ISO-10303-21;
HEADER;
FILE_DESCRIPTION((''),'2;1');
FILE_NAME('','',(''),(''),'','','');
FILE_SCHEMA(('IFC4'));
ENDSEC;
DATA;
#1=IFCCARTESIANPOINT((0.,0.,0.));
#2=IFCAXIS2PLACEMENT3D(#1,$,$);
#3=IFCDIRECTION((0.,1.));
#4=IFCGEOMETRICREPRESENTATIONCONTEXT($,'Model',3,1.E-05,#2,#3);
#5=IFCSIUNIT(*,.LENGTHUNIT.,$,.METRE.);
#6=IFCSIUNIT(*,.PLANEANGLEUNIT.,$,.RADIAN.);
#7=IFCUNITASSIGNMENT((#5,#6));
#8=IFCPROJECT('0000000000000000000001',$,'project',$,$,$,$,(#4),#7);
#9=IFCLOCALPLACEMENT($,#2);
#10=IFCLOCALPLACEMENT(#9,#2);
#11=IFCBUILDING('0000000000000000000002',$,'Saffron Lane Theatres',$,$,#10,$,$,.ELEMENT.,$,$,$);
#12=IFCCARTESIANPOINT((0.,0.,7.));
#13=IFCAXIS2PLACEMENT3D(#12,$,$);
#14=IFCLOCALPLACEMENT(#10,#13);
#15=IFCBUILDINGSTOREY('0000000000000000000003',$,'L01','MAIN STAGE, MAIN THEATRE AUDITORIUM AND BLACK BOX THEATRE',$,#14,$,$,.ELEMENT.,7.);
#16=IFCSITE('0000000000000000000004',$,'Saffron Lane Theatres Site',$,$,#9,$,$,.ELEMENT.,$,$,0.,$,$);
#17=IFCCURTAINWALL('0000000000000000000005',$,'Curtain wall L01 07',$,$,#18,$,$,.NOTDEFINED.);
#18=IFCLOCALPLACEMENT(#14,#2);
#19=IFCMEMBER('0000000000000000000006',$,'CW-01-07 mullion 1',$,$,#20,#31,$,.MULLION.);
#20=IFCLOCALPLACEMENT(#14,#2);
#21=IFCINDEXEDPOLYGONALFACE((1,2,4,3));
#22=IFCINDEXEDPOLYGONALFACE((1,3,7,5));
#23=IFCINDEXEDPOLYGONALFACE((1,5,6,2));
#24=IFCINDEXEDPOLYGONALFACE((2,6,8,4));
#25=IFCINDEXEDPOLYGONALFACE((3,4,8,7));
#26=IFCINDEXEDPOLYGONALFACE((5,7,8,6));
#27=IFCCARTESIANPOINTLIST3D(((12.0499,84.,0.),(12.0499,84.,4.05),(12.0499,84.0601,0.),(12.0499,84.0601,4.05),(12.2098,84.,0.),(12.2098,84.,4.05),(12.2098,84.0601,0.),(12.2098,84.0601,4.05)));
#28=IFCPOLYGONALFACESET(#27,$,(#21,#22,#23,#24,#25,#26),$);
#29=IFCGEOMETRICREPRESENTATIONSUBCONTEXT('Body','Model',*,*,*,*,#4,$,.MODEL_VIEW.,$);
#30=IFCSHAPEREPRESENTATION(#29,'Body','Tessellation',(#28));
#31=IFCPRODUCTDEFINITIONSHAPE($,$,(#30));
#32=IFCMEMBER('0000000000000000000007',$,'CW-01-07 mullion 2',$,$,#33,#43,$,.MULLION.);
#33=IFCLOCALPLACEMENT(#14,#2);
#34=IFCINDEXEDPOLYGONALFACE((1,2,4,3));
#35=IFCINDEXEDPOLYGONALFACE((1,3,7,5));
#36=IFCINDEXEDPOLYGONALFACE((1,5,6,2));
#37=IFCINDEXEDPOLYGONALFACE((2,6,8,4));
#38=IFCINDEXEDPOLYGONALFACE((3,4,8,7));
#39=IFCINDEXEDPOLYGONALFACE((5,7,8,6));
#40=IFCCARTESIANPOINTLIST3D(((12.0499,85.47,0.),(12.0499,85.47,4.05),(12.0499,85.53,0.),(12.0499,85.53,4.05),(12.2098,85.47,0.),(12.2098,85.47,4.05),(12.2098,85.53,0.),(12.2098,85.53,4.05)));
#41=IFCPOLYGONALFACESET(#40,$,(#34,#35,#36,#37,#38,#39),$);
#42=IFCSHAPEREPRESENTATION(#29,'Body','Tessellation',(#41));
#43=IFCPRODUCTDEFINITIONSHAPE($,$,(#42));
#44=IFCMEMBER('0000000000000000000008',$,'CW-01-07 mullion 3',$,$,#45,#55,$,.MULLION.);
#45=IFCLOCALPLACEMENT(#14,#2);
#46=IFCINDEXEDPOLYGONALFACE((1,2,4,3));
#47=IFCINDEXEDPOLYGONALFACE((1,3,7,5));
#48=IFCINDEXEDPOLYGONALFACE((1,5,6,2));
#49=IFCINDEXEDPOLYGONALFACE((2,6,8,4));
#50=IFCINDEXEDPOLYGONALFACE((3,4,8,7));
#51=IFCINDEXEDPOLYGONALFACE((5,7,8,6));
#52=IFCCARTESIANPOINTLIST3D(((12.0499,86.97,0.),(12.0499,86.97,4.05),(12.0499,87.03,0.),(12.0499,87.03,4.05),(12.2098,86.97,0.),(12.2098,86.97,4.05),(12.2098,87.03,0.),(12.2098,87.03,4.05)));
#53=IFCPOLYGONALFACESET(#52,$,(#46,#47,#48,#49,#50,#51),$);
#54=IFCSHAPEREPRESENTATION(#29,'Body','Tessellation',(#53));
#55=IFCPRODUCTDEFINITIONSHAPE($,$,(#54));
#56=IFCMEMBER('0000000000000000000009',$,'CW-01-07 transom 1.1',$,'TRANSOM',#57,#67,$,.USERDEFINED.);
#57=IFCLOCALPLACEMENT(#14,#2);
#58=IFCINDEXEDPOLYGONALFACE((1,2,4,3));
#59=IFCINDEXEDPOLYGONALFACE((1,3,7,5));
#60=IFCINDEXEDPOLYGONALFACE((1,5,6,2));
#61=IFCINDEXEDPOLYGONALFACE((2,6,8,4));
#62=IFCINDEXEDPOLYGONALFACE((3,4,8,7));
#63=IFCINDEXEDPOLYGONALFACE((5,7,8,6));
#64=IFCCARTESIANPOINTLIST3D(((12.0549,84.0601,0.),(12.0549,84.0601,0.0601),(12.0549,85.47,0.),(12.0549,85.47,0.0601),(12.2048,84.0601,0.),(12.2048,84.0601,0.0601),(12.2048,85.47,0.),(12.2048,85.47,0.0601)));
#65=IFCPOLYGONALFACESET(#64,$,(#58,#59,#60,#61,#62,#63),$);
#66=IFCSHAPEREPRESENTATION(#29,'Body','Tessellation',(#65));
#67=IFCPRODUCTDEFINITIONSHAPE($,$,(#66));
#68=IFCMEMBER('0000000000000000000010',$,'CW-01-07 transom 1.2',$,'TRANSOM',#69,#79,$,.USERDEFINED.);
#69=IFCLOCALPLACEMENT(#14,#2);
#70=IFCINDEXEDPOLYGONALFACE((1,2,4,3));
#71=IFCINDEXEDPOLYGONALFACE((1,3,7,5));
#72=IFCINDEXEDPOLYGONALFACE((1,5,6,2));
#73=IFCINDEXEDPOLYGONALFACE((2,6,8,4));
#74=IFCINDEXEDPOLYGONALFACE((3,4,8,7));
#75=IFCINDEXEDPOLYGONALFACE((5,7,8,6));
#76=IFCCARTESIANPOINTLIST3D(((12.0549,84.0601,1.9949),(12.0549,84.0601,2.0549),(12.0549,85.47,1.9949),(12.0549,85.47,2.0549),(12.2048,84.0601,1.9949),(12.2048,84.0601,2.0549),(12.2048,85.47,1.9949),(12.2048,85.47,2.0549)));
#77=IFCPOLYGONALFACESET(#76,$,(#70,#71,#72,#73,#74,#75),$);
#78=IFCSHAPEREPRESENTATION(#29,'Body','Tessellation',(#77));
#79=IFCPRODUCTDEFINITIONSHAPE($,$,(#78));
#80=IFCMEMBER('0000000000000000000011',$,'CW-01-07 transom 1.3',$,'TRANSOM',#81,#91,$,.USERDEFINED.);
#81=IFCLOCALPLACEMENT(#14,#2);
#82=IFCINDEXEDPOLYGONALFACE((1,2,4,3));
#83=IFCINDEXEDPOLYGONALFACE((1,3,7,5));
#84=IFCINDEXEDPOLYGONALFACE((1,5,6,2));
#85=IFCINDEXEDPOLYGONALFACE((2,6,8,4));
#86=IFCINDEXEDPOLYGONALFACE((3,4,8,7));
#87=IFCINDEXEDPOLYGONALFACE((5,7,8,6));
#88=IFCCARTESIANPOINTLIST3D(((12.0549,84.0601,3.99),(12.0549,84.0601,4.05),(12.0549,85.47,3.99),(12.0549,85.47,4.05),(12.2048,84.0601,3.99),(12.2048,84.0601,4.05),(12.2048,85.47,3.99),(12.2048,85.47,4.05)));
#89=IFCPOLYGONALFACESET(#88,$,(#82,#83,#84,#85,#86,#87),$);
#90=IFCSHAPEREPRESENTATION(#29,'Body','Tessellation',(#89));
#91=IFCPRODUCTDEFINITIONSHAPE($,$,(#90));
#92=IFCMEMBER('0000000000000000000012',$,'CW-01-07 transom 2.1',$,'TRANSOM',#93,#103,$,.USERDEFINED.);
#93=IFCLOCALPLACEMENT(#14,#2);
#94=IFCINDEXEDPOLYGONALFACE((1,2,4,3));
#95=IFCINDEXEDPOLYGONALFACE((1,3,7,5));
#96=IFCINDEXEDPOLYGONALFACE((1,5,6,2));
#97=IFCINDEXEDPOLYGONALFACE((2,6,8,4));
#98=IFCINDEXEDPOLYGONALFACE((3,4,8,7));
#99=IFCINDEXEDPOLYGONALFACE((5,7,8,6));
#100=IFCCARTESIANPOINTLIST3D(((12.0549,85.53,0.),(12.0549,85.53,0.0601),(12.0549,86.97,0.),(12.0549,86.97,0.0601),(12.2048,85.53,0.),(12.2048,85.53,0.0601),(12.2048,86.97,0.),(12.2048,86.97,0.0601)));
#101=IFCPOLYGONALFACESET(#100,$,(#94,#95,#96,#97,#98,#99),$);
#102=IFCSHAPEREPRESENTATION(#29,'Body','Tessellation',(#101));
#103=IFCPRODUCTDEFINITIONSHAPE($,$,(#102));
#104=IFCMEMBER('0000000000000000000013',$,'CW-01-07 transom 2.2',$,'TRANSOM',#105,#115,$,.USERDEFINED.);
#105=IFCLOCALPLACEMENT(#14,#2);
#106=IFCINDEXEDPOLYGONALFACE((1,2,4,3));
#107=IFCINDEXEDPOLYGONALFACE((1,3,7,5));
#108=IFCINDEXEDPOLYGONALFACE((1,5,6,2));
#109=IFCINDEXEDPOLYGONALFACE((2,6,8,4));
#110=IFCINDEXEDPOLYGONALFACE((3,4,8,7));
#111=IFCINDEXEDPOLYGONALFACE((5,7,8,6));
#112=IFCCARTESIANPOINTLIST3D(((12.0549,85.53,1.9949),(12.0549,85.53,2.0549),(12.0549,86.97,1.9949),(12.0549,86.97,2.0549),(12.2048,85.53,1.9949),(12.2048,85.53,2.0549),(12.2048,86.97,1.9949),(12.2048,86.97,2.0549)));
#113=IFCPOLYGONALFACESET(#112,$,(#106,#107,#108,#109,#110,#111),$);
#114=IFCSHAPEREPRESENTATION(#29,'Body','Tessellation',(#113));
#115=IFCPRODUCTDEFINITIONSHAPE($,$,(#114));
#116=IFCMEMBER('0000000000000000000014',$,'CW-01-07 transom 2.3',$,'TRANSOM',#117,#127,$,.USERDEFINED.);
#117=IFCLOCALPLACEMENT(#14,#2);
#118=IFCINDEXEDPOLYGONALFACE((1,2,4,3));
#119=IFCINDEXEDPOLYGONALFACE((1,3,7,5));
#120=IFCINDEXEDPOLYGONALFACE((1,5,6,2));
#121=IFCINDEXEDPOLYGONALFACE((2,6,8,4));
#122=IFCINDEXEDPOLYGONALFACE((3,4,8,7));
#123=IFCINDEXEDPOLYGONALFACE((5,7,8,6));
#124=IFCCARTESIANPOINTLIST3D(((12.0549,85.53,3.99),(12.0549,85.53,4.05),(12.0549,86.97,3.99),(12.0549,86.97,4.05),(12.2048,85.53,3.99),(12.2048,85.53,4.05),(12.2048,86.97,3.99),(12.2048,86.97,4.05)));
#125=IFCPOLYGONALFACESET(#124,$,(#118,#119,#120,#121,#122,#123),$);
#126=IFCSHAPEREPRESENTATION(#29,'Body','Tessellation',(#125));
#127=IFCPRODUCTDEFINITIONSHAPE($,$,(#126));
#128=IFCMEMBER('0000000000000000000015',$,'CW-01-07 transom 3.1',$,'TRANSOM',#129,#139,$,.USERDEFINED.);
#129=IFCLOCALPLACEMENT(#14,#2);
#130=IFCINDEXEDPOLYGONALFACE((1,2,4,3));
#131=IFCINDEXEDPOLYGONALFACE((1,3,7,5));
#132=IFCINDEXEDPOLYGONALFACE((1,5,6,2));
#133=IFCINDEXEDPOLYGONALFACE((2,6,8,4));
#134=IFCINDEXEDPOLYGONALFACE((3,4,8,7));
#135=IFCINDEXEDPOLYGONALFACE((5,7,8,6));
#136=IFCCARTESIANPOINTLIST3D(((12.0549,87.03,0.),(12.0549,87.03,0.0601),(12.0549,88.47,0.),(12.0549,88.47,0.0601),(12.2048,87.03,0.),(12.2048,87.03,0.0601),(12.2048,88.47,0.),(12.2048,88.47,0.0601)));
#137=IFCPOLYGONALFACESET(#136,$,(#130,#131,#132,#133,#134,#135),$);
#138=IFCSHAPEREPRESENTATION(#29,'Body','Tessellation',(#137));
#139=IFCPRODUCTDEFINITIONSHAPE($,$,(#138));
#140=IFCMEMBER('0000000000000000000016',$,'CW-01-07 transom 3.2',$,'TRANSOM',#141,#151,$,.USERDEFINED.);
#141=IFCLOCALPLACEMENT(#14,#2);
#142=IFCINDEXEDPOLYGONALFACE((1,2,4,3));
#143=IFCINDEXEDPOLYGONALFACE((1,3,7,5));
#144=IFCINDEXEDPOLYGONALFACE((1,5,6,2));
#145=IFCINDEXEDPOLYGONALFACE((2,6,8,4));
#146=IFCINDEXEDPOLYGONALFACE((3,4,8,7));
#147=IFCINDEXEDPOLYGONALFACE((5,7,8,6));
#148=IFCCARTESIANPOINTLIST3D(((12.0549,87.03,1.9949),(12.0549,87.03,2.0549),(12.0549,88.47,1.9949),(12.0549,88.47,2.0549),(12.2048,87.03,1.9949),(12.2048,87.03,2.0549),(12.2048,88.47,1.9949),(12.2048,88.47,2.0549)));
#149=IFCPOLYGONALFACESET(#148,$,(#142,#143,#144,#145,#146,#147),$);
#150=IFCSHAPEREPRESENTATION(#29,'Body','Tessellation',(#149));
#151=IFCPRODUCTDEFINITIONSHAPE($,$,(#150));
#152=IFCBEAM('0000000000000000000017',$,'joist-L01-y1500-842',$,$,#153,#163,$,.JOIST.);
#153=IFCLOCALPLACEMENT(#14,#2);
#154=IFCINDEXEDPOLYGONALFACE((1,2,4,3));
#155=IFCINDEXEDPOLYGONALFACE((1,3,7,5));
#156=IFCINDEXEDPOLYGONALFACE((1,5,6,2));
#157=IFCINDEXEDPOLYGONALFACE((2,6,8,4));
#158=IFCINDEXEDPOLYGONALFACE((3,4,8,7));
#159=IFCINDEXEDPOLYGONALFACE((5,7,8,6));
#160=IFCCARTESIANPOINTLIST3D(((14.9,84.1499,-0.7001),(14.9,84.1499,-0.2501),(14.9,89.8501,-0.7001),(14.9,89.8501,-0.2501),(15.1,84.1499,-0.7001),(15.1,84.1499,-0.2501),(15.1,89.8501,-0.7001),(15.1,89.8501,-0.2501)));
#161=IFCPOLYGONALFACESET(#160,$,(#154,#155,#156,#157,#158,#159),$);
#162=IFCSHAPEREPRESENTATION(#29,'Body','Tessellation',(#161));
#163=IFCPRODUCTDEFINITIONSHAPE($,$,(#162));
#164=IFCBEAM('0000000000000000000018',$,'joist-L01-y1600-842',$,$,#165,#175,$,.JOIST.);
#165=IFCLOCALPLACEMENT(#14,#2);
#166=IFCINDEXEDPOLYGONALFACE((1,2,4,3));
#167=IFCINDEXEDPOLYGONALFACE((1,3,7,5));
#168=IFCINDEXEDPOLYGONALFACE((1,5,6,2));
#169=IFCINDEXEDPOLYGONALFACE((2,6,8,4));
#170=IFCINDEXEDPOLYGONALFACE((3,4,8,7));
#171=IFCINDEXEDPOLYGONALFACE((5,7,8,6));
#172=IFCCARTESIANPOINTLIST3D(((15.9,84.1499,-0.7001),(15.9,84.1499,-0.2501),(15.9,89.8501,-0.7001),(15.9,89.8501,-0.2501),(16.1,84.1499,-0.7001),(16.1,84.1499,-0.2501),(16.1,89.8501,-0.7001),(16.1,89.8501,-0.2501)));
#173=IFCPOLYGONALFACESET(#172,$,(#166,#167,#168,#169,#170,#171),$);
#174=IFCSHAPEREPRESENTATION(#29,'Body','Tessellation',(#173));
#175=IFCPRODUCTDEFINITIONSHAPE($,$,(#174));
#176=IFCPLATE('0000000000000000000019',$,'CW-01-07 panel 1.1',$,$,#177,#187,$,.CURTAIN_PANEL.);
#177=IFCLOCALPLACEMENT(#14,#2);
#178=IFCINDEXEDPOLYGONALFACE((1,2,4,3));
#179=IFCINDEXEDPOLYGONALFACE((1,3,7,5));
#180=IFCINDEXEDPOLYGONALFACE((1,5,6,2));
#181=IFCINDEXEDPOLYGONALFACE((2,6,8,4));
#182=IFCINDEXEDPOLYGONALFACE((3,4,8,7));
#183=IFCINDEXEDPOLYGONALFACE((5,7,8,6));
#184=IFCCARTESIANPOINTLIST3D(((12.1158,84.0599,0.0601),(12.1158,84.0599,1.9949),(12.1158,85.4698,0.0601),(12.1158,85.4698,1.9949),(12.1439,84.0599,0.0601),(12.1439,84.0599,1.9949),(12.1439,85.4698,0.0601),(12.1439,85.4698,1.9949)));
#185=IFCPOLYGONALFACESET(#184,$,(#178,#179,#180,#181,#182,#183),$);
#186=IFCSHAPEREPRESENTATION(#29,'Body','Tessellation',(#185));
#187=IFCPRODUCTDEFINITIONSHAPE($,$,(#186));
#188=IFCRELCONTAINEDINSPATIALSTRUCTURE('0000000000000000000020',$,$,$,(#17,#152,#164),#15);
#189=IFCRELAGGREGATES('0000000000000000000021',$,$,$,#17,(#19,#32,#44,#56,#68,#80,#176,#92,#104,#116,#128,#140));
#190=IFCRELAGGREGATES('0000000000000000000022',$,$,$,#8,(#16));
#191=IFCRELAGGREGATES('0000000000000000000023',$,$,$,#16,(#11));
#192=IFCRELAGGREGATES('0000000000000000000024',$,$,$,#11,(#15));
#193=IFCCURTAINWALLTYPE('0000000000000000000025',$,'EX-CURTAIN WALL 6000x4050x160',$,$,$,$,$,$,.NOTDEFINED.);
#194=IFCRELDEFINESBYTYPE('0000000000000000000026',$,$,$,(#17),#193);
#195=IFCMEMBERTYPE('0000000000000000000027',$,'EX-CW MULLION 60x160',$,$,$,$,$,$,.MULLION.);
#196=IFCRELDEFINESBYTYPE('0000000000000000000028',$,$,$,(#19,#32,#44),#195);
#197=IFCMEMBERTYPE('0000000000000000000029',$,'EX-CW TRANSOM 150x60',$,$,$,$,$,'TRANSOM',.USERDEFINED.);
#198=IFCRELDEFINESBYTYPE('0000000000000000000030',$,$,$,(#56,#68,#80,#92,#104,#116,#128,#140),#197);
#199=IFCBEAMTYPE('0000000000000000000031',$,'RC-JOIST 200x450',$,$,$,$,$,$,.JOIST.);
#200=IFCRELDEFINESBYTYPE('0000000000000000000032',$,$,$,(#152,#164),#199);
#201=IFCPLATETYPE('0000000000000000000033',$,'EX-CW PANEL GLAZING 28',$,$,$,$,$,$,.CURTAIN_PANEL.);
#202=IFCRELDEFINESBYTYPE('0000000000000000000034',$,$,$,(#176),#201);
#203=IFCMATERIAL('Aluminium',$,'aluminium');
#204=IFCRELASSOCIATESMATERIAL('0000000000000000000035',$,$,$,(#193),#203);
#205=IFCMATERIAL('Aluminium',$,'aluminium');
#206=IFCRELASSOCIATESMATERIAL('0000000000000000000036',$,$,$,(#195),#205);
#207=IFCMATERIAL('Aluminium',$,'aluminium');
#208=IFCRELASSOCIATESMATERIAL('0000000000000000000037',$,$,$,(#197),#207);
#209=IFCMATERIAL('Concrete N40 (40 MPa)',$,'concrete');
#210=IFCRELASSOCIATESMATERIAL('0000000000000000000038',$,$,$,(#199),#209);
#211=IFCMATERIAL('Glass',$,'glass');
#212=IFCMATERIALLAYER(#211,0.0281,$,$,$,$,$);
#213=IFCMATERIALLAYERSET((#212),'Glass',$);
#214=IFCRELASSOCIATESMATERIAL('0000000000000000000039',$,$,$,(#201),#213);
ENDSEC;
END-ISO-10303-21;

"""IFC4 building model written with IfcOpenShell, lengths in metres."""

from ifc_helpers import new_model, si_unit, direction, frame, origin, origin_2d, place, context, subcontext, project, spatial, rectangle, extrude, material, layer, layer_set, material_profile, profile_set, type_object, element, aggregate, save


model = new_model("IFC4")

# Units and contexts
model_context = context("Model", 3, precision=1e-05, world=origin(), true_north=direction((0.0, 1.0)))
body_context = subcontext(model_context, "Body", "Model", "MODEL_VIEW")
ifc_project = project(units=[si_unit("LENGTHUNIT", "METRE"), si_unit("PLANEANGLEUNIT", "RADIAN")], contexts=[model_context])

# Site, building, storey
site_placement = place(None, origin())
site = spatial("IfcSite", under=ifc_project, at=site_placement, Name="Saffron Lane Theatres Site", CompositionType="ELEMENT", RefElevation=0.0)
building_placement = place(site_placement, origin())
building = spatial("IfcBuilding", under=site, at=building_placement, Name="Saffron Lane Theatres", CompositionType="ELEMENT")
storey_placement = place(building_placement, frame((0.0, 0.0, 7.0)))
storey = spatial("IfcBuildingStorey", under=building, at=storey_placement, Name="L01", Description="MAIN STAGE, MAIN THEATRE AUDITORIUM AND BLACK BOX THEATRE", CompositionType="ELEMENT", Elevation=7.0)

# Curtain wall, members
ifc_material_1 = material(Name="Aluminium", Category="aluminium")
curtain_wall_type = type_object("IfcCurtainWallType", Name="EX-CURTAIN WALL 6000x4050x160", PredefinedType="NOTDEFINED", material=ifc_material_1)
curtain_wall_placement = place(storey_placement, origin())
curtain_wall = element("IfcCurtainWall", 1, at=curtain_wall_placement, inside=storey, type_object=curtain_wall_type, Name="Curtain wall L01 07", PredefinedType="NOTDEFINED")
ifc_material_2 = material(Name="Aluminium", Category="aluminium")
ifc_material_profile_1 = material_profile(ifc_material_2, rectangle(XDim=0.0601, YDim=0.1599, at=origin_2d()))
ifc_profile_set_1 = profile_set([ifc_material_profile_1], Name="Aluminium")
member_type_1 = type_object("IfcMemberType", Name="EX-CW MULLION 60x160", PredefinedType="MULLION", material=ifc_profile_set_1)
member_1_placement = place(storey_placement, frame((12.1299, 84.03, 0.0), z_axis=(0.0, 0.0, 1.0), x_axis=(0.0, 1.0, 0.0)))
member_1 = element("IfcMember", 2, at=member_1_placement, type_object=member_type_1, Name="CW-01-07 mullion 1", PredefinedType="MULLION", context=body_context, shape_type="SweptSolid", body=[
    extrude(rectangle(XDim=0.0601, YDim=0.1599, at=origin_2d()), origin(), (0.0, 0.0, 1.0), 4.05),
])
member_2_placement = place(storey_placement, frame((12.1299, 85.5, 0.0), z_axis=(0.0, 0.0, 1.0), x_axis=(0.0, 1.0, 0.0)))
member_2 = element("IfcMember", 3, at=member_2_placement, type_object=member_type_1, Name="CW-01-07 mullion 2", PredefinedType="MULLION", context=body_context, shape_type="SweptSolid", body=[
    extrude(rectangle(XDim=0.0601, YDim=0.1599, at=origin_2d()), origin(), (0.0, 0.0, 1.0), 4.05),
])
member_3_placement = place(storey_placement, frame((12.1299, 87.0, 0.0), z_axis=(0.0, 0.0, 1.0), x_axis=(0.0, 1.0, 0.0)))
member_3 = element("IfcMember", 4, at=member_3_placement, type_object=member_type_1, Name="CW-01-07 mullion 3", PredefinedType="MULLION", context=body_context, shape_type="SweptSolid", body=[
    extrude(rectangle(XDim=0.0601, YDim=0.1599, at=origin_2d()), origin(), (0.0, 0.0, 1.0), 4.05),
])
ifc_material_3 = material(Name="Aluminium", Category="aluminium")
ifc_material_profile_2 = material_profile(ifc_material_3, rectangle(XDim=0.1499, YDim=0.0601, at=origin_2d()))
ifc_profile_set_2 = profile_set([ifc_material_profile_2], Name="Aluminium")
member_type_2 = type_object("IfcMemberType", Name="EX-CW TRANSOM 150x60", ElementType="TRANSOM", PredefinedType="USERDEFINED", material=ifc_profile_set_2)
member_4_placement = place(storey_placement, frame((12.1299, 84.0601, 0.03), z_axis=(0.0, 1.0, 0.0), x_axis=(-1.0, 0.0, 0.0)))
member_4 = element("IfcMember", 5, at=member_4_placement, type_object=member_type_2, Name="CW-01-07 transom 1.1", ObjectType="TRANSOM", PredefinedType="USERDEFINED", context=body_context, shape_type="SweptSolid", body=[
    extrude(rectangle(XDim=0.1499, YDim=0.0601, at=origin_2d()), origin(), (0.0, 0.0, 1.0), 1.4099),
])
member_5_placement = place(storey_placement, frame((12.1299, 84.0601, 2.0249), z_axis=(0.0, 1.0, 0.0), x_axis=(-1.0, 0.0, 0.0)))
member_5 = element("IfcMember", 6, at=member_5_placement, type_object=member_type_2, Name="CW-01-07 transom 1.2", ObjectType="TRANSOM", PredefinedType="USERDEFINED", context=body_context, shape_type="SweptSolid", body=[
    extrude(rectangle(XDim=0.1499, YDim=0.0601, at=origin_2d()), origin(), (0.0, 0.0, 1.0), 1.4099),
])
member_6_placement = place(storey_placement, frame((12.1299, 84.0601, 4.02), z_axis=(0.0, 1.0, 0.0), x_axis=(-1.0, 0.0, 0.0)))
member_6 = element("IfcMember", 7, at=member_6_placement, type_object=member_type_2, Name="CW-01-07 transom 1.3", ObjectType="TRANSOM", PredefinedType="USERDEFINED", context=body_context, shape_type="SweptSolid", body=[
    extrude(rectangle(XDim=0.1499, YDim=0.0601, at=origin_2d()), origin(), (0.0, 0.0, 1.0), 1.4099),
])
member_7_placement = place(storey_placement, frame((12.1299, 85.53, 0.03), z_axis=(0.0, 1.0, 0.0), x_axis=(-1.0, 0.0, 0.0)))
member_7 = element("IfcMember", 8, at=member_7_placement, type_object=member_type_2, Name="CW-01-07 transom 2.1", ObjectType="TRANSOM", PredefinedType="USERDEFINED", context=body_context, shape_type="SweptSolid", body=[
    extrude(rectangle(XDim=0.1499, YDim=0.0601, at=origin_2d()), origin(), (0.0, 0.0, 1.0), 1.4399),
])
member_8_placement = place(storey_placement, frame((12.1299, 85.53, 2.0249), z_axis=(0.0, 1.0, 0.0), x_axis=(-1.0, 0.0, 0.0)))
member_8 = element("IfcMember", 9, at=member_8_placement, type_object=member_type_2, Name="CW-01-07 transom 2.2", ObjectType="TRANSOM", PredefinedType="USERDEFINED", context=body_context, shape_type="SweptSolid", body=[
    extrude(rectangle(XDim=0.1499, YDim=0.0601, at=origin_2d()), origin(), (0.0, 0.0, 1.0), 1.4399),
])
member_9_placement = place(storey_placement, frame((12.1299, 85.53, 4.02), z_axis=(0.0, 1.0, 0.0), x_axis=(-1.0, 0.0, 0.0)))
member_9 = element("IfcMember", 10, at=member_9_placement, type_object=member_type_2, Name="CW-01-07 transom 2.3", ObjectType="TRANSOM", PredefinedType="USERDEFINED", context=body_context, shape_type="SweptSolid", body=[
    extrude(rectangle(XDim=0.1499, YDim=0.0601, at=origin_2d()), origin(), (0.0, 0.0, 1.0), 1.4399),
])
member_10_placement = place(storey_placement, frame((12.1299, 87.03, 0.03), z_axis=(0.0, 1.0, 0.0), x_axis=(-1.0, 0.0, 0.0)))
member_10 = element("IfcMember", 11, at=member_10_placement, type_object=member_type_2, Name="CW-01-07 transom 3.1", ObjectType="TRANSOM", PredefinedType="USERDEFINED", context=body_context, shape_type="SweptSolid", body=[
    extrude(rectangle(XDim=0.1499, YDim=0.0601, at=origin_2d()), origin(), (0.0, 0.0, 1.0), 1.4399),
])
member_11_placement = place(storey_placement, frame((12.1299, 87.03, 2.0249), z_axis=(0.0, 1.0, 0.0), x_axis=(-1.0, 0.0, 0.0)))
member_11 = element("IfcMember", 12, at=member_11_placement, type_object=member_type_2, Name="CW-01-07 transom 3.2", ObjectType="TRANSOM", PredefinedType="USERDEFINED", context=body_context, shape_type="SweptSolid", body=[
    extrude(rectangle(XDim=0.1499, YDim=0.0601, at=origin_2d()), origin(), (0.0, 0.0, 1.0), 1.4399),
])

# Beams
ifc_material_4 = material(Name="Concrete N40 (40 MPa)", Category="concrete")
ifc_material_profile_3 = material_profile(ifc_material_4, rectangle(XDim=0.2, YDim=0.45, at=origin_2d()))
ifc_profile_set_3 = profile_set([ifc_material_profile_3], Name="Concrete N40 (40 MPa)")
beam_type = type_object("IfcBeamType", Name="RC-JOIST 200x450", PredefinedType="JOIST", material=ifc_profile_set_3)
for number, where, z_axis, x_axis, name in (
    (13, (15.0, 84.1499, -0.4751), (0.0, 1.0, 0.0), (-1.0, 0.0, 0.0), "joist-L01-y1500-842"),
    (14, (16.0, 84.1499, -0.4751), (0.0, 1.0, 0.0), (-1.0, 0.0, 0.0), "joist-L01-y1600-842"),
):
    element("IfcBeam", number, at=place(storey_placement, frame(where, z_axis=z_axis, x_axis=x_axis)), inside=storey, type_object=beam_type, Name=name, PredefinedType="JOIST", context=body_context, shape_type="SweptSolid", body=[
        extrude(rectangle(XDim=0.2, YDim=0.45, at=origin_2d()), origin(), (0.0, 0.0, 1.0), 5.7002),
    ])

# Plate
ifc_material_5 = material(Name="Glass", Category="glass")
ifc_layer_1 = layer(ifc_material_5, 0.0281)
ifc_layer_set_1 = layer_set([ifc_layer_1], Name="Glass")
plate_type = type_object("IfcPlateType", Name="EX-CW PANEL GLAZING 28", PredefinedType="CURTAIN_PANEL", material=ifc_layer_set_1)
plate_1_placement = place(storey_placement, frame((12.1299, 84.7649, 0.0601), z_axis=(0.0, 0.0, 1.0), x_axis=(0.0, 1.0, 0.0)))
plate_1 = element("IfcPlate", 15, at=plate_1_placement, type_object=plate_type, Name="CW-01-07 panel 1.1", PredefinedType="CURTAIN_PANEL", context=body_context, shape_type="SweptSolid", body=[
    extrude(rectangle(XDim=1.4099, YDim=0.0281, at=origin_2d()), origin(), (0.0, 0.0, 1.0), 1.9348),
])
aggregate(curtain_wall, [member_1, member_2, member_3, member_4, member_5, member_6, plate_1, member_7, member_8, member_9, member_10, member_11])

save(model, "model.ifc")
